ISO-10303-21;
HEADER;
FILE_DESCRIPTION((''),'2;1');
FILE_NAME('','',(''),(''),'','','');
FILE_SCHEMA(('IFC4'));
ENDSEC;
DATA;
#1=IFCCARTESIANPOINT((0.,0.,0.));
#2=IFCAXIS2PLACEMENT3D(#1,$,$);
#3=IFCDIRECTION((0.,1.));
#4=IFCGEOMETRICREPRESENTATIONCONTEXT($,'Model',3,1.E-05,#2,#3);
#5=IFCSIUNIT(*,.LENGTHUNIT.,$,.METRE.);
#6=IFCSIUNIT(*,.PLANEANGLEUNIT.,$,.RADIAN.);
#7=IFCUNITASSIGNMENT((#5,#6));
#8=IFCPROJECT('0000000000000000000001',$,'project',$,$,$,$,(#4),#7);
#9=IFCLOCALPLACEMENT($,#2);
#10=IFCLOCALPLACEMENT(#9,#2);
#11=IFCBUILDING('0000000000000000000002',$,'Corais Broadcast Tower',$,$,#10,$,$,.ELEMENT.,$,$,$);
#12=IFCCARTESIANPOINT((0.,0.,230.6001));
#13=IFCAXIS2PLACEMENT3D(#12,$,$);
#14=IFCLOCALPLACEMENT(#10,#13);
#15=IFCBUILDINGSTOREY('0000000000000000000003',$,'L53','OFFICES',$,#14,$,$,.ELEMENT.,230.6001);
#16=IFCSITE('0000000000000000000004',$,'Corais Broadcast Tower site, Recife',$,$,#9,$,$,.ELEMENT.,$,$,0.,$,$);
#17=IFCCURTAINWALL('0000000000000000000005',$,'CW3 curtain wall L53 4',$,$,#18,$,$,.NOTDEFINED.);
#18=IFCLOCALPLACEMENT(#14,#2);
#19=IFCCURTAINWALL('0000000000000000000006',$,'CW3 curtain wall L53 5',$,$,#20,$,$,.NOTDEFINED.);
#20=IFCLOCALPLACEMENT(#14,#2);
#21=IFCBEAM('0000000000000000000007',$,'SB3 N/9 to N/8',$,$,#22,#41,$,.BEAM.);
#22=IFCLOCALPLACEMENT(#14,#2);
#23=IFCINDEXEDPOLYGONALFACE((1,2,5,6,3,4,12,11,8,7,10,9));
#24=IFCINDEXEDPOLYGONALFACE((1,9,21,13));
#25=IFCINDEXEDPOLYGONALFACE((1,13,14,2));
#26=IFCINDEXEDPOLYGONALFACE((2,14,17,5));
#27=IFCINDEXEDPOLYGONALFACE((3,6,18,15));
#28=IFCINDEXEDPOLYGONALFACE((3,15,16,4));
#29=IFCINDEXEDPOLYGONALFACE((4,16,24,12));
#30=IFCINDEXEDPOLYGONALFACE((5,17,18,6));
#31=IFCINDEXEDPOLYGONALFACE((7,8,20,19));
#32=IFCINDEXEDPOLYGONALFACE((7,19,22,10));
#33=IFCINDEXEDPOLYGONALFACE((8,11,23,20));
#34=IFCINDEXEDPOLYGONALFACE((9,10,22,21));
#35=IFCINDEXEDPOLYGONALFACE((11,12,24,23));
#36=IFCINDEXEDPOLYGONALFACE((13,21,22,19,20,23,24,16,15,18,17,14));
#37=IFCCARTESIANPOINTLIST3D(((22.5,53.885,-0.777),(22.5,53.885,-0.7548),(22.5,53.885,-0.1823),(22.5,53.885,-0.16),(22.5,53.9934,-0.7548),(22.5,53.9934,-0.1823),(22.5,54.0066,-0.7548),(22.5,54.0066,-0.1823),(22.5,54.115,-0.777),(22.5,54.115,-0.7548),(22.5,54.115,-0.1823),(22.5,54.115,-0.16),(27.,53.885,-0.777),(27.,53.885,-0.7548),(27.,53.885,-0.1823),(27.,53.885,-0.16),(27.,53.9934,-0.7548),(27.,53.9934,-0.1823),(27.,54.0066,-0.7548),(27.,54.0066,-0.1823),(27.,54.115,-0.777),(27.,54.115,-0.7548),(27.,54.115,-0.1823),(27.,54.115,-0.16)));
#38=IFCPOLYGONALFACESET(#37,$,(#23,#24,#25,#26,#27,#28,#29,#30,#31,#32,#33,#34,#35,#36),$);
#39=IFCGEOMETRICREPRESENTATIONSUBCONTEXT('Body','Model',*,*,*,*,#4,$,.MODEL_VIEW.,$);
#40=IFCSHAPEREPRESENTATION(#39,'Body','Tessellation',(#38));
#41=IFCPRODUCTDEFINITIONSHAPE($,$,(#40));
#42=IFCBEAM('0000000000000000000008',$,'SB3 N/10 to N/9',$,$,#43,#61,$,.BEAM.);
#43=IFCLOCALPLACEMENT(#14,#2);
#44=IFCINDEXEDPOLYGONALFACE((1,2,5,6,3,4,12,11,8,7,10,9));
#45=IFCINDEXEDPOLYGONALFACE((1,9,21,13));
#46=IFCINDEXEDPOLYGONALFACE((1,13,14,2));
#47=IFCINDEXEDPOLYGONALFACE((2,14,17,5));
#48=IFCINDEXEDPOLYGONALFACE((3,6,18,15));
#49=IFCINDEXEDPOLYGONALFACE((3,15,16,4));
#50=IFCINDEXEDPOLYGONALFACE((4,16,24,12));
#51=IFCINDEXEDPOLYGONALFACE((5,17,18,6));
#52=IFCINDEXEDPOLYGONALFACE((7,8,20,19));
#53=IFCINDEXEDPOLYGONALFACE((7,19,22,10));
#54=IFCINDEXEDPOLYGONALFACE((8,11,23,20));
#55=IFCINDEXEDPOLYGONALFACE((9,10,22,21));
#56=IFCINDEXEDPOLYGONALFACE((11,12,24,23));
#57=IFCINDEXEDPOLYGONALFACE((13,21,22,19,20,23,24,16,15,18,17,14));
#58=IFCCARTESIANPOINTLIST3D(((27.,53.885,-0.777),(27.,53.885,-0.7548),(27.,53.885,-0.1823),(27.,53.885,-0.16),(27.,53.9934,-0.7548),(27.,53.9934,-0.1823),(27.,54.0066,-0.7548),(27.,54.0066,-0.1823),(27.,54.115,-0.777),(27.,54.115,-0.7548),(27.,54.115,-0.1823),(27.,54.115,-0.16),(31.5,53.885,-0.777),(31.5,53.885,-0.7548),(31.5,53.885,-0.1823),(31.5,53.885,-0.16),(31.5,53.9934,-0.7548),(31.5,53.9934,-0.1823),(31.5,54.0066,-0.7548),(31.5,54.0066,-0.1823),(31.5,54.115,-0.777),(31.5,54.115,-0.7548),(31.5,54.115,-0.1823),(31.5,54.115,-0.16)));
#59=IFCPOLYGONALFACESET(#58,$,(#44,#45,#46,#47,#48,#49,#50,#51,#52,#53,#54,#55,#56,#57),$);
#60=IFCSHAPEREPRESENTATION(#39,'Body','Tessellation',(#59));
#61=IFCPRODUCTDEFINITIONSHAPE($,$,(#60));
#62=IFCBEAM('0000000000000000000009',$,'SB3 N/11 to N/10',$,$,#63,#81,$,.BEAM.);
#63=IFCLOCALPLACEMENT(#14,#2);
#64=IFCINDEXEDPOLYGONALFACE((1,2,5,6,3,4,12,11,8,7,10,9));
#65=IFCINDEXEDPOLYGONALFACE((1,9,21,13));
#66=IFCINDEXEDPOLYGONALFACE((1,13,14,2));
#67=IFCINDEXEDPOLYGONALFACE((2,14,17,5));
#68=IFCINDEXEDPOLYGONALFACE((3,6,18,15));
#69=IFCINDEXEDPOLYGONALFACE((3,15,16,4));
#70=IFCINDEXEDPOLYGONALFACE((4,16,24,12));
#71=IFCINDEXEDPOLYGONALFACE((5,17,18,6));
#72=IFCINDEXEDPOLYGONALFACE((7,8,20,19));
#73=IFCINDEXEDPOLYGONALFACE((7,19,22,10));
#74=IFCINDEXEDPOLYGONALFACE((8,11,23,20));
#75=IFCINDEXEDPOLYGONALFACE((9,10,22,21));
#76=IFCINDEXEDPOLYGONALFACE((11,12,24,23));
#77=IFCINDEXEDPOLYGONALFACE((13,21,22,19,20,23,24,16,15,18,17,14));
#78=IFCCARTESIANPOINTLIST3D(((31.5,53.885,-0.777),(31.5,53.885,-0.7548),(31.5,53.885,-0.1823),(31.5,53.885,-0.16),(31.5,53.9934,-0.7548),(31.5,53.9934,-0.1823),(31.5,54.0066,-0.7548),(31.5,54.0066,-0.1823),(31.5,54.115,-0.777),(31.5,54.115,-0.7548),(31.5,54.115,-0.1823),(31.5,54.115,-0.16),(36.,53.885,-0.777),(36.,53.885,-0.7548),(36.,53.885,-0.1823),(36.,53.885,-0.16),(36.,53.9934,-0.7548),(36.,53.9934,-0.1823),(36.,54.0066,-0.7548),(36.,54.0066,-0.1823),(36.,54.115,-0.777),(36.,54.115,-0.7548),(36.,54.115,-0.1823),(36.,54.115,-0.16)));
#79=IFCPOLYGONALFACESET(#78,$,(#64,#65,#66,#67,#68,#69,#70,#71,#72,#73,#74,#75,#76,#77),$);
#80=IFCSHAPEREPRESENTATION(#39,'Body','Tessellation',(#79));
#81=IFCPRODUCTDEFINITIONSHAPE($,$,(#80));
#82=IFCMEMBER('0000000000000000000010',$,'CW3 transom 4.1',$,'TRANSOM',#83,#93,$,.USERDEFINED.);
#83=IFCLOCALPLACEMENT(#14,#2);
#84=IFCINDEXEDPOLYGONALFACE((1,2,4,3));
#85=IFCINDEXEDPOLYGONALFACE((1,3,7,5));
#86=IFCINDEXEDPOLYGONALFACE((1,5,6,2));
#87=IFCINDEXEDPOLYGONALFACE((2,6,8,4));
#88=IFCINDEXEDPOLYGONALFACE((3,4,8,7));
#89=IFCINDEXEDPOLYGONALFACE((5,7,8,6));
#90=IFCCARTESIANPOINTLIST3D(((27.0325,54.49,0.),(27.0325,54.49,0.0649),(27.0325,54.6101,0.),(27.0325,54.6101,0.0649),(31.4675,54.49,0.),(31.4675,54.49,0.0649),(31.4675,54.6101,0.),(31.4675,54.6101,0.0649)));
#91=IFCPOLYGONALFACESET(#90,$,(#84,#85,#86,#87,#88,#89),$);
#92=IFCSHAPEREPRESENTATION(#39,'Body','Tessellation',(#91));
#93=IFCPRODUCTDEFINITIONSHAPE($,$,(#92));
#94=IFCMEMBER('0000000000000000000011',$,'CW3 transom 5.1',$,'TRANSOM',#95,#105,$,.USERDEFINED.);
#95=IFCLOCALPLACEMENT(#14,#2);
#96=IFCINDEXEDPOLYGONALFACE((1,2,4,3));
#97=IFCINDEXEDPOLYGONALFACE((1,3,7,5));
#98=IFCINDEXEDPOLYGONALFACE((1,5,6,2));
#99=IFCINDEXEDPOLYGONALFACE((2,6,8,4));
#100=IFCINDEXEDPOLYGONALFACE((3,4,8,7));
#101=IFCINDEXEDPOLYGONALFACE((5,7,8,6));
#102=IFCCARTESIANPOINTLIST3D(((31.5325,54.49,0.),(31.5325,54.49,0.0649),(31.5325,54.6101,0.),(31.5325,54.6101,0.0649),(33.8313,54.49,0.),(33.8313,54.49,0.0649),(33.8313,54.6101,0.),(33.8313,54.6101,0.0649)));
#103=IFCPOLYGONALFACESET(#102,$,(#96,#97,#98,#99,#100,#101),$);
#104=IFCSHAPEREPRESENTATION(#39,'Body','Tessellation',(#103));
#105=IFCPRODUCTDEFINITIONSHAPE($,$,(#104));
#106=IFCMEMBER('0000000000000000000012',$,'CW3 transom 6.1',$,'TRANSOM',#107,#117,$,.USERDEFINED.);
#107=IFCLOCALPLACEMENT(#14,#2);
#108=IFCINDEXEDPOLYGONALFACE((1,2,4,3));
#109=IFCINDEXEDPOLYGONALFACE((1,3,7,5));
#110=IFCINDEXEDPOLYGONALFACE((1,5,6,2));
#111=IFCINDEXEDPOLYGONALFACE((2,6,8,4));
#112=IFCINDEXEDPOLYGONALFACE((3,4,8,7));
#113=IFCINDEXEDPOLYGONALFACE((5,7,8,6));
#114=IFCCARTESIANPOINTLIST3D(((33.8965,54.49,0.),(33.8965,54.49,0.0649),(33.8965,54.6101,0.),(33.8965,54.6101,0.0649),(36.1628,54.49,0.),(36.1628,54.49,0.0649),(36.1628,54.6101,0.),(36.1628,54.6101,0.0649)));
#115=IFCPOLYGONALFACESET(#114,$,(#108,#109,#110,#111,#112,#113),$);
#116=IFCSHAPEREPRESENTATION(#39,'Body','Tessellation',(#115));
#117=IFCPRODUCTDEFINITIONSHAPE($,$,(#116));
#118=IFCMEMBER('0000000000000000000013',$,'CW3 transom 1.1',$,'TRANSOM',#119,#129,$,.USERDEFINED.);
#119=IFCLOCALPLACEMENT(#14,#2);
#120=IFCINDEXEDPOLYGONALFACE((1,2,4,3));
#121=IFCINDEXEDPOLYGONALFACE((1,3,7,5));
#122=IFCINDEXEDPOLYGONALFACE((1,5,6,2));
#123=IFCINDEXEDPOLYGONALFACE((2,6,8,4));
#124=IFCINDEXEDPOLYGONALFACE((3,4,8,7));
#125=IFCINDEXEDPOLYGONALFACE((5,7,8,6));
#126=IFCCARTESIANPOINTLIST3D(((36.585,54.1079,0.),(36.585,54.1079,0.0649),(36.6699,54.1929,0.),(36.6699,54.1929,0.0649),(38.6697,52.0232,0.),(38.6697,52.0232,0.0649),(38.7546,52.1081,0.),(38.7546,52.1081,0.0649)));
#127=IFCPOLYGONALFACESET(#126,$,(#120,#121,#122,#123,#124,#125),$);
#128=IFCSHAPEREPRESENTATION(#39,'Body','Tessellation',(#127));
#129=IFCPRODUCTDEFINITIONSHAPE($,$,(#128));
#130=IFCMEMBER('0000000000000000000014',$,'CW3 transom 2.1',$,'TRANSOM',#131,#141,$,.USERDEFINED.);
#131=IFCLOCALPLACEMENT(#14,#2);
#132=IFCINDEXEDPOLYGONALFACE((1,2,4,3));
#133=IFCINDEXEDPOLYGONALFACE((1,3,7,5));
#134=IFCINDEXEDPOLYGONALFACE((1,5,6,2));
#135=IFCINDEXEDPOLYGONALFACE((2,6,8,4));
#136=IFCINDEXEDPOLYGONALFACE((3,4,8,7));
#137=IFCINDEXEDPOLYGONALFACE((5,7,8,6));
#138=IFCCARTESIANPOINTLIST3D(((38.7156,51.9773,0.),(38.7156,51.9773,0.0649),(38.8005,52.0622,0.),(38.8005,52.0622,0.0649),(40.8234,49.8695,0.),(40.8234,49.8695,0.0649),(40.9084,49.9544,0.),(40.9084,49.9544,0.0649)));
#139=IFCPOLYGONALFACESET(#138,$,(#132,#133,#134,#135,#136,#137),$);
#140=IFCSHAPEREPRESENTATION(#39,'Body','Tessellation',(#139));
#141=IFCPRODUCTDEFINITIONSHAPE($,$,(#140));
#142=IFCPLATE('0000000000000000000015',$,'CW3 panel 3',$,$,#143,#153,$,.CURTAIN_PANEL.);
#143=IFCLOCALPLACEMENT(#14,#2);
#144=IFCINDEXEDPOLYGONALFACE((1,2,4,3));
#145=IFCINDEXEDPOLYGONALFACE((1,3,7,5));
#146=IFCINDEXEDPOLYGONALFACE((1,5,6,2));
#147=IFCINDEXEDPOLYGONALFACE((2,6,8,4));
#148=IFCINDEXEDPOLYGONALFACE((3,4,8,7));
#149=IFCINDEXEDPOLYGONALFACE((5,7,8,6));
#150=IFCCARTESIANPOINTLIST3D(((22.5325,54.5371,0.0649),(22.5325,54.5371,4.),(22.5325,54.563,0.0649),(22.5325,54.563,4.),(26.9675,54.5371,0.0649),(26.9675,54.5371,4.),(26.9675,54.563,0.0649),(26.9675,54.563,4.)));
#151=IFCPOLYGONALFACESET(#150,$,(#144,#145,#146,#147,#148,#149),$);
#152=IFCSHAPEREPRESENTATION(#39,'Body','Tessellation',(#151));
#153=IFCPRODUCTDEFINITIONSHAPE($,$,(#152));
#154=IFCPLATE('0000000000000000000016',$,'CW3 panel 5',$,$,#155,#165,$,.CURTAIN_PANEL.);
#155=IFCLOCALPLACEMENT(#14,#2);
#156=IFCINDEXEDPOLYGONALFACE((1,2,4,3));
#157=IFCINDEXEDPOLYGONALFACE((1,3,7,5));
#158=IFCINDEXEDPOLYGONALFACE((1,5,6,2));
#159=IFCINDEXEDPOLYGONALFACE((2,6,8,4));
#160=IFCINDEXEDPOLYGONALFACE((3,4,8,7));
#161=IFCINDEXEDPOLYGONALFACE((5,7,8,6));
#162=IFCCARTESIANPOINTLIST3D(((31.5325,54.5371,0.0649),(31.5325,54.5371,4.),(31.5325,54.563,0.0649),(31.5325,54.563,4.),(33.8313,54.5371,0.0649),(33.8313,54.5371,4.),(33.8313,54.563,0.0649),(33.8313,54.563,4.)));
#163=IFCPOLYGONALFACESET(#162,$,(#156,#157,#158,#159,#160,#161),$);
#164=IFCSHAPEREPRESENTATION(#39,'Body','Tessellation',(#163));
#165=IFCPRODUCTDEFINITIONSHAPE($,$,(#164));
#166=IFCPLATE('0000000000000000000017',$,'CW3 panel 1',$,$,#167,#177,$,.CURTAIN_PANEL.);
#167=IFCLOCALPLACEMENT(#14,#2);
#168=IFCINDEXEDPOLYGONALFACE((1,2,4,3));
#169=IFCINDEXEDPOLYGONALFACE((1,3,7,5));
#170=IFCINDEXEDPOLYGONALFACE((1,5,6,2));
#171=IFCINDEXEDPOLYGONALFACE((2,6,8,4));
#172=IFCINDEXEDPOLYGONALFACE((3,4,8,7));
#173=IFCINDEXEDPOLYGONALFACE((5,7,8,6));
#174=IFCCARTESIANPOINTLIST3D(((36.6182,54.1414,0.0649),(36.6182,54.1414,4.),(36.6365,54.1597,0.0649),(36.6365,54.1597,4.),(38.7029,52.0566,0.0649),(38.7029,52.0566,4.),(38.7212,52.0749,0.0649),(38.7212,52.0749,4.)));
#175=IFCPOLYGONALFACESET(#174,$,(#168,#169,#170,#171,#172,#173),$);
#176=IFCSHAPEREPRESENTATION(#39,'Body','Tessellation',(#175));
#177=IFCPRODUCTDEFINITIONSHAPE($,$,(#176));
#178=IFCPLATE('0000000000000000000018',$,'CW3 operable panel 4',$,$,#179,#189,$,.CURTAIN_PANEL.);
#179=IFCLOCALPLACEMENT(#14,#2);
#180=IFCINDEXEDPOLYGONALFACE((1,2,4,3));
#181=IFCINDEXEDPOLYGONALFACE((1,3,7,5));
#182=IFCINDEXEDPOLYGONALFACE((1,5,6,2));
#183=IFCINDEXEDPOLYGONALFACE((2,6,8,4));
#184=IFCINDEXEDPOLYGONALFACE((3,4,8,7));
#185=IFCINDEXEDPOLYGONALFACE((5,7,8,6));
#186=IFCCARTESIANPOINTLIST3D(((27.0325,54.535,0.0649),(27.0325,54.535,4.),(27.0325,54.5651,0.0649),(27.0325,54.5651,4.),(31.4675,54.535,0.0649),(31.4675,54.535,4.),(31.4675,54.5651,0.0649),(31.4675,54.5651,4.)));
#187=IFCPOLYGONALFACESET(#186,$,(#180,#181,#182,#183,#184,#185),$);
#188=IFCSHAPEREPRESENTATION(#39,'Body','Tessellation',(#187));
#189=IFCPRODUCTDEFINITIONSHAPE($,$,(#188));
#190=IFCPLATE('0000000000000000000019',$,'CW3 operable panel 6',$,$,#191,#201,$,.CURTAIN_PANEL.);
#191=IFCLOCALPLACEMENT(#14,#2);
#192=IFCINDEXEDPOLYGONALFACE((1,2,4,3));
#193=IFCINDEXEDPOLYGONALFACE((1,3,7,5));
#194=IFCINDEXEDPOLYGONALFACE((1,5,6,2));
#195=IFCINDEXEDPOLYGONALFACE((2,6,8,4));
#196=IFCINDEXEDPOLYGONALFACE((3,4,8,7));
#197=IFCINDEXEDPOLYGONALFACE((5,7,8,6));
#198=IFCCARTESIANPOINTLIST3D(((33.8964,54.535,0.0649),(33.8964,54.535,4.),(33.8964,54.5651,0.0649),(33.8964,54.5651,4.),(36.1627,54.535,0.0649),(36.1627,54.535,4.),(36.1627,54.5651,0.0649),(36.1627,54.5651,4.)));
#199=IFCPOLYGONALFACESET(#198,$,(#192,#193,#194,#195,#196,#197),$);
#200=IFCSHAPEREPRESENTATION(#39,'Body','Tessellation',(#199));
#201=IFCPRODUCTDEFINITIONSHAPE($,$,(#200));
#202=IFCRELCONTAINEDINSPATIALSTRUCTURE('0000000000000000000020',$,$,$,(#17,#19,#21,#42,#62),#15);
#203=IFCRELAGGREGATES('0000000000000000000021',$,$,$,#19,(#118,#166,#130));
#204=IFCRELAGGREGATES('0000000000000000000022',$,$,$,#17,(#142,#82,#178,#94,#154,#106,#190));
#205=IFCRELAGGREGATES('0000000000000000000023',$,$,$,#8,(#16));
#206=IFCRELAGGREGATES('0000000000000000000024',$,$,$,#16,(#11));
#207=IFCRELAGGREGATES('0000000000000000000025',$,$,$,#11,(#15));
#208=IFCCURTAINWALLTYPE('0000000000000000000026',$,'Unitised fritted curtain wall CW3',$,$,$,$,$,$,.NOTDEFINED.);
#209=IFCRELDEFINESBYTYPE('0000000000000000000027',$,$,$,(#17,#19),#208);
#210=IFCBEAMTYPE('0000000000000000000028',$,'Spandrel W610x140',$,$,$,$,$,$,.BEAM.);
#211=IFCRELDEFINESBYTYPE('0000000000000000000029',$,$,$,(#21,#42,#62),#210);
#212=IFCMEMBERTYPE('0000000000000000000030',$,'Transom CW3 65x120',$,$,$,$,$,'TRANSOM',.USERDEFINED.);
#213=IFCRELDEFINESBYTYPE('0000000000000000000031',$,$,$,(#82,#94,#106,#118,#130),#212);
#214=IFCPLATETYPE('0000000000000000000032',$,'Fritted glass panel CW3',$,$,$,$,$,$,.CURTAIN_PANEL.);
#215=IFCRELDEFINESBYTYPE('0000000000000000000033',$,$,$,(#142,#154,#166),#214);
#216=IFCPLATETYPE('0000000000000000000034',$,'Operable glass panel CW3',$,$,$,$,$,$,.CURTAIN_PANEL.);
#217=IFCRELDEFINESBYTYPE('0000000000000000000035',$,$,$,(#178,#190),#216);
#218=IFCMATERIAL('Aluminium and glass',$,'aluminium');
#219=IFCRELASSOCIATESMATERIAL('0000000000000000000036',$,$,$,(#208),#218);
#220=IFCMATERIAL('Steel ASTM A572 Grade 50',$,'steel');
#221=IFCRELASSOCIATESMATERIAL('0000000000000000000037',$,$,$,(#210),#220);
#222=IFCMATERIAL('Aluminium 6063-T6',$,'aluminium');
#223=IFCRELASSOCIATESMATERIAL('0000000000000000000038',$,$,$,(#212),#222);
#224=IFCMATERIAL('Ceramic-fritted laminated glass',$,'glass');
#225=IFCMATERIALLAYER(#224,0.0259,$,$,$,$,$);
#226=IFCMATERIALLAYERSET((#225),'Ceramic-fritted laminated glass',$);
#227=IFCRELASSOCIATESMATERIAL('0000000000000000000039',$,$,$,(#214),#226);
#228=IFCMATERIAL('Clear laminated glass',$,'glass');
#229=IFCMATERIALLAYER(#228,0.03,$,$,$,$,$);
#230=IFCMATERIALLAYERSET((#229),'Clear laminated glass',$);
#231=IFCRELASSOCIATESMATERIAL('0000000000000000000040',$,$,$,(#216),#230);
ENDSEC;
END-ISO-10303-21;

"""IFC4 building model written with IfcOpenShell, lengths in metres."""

from ifc_helpers import new_model, si_unit, direction, frame, origin, origin_2d, place, context, subcontext, project, spatial, rectangle, i_section, extrude, material, layer, layer_set, material_profile, profile_set, type_object, element, aggregate, save


model = new_model("IFC4")

# Units and contexts
model_context = context("Model", 3, precision=1e-05, world=origin(), true_north=direction((0.0, 1.0)))
body_context = subcontext(model_context, "Body", "Model", "MODEL_VIEW")
ifc_project = project(units=[si_unit("LENGTHUNIT", "METRE"), si_unit("PLANEANGLEUNIT", "RADIAN")], contexts=[model_context])

# Site, building, storey
site_placement = place(None, origin())
site = spatial("IfcSite", under=ifc_project, at=site_placement, Name="Corais Broadcast Tower site, Recife", CompositionType="ELEMENT", RefElevation=0.0)
building_placement = place(site_placement, origin())
building = spatial("IfcBuilding", under=site, at=building_placement, Name="Corais Broadcast Tower", CompositionType="ELEMENT")
storey_placement = place(building_placement, frame((0.0, 0.0, 230.6001)))
storey = spatial("IfcBuildingStorey", under=building, at=storey_placement, Name="L53", Description="OFFICES", CompositionType="ELEMENT", Elevation=230.6001)

# Curtain walls
ifc_material_1 = material(Name="Aluminium and glass", Category="aluminium")
curtain_wall_type = type_object("IfcCurtainWallType", Name="Unitised fritted curtain wall CW3", PredefinedType="NOTDEFINED", material=ifc_material_1)
curtain_wall_1_placement = place(storey_placement, origin())
curtain_wall_1 = element("IfcCurtainWall", 1, at=curtain_wall_1_placement, inside=storey, type_object=curtain_wall_type, Name="CW3 curtain wall L53 4", PredefinedType="NOTDEFINED")
curtain_wall_2_placement = place(storey_placement, origin())
curtain_wall_2 = element("IfcCurtainWall", 2, at=curtain_wall_2_placement, inside=storey, type_object=curtain_wall_type, Name="CW3 curtain wall L53 5", PredefinedType="NOTDEFINED")

# Beams
ifc_material_2 = material(Name="Steel ASTM A572 Grade 50", Category="steel")
ifc_material_profile_1 = material_profile(ifc_material_2, i_section(OverallWidth=0.23, OverallDepth=0.6169, WebThickness=0.0132, FlangeThickness=0.0222, at=origin_2d()), Name="W610x140")
ifc_profile_set_1 = profile_set([ifc_material_profile_1], Name="Steel ASTM A572 Grade 50")
beam_type_1 = type_object("IfcBeamType", Name="Spandrel W610x140", PredefinedType="BEAM", material=ifc_profile_set_1)
for number, where, z_axis, x_axis, name in (
    (3, (27.0, 54.0, -0.4685), (-1.0, 0.0, 0.0), (0.0, -1.0, 0.0), "SB3 N/9 to N/8"),
    (4, (31.5, 54.0, -0.4685), (-1.0, 0.0, 0.0), (0.0, -1.0, 0.0), "SB3 N/10 to N/9"),
    (5, (36.0, 54.0, -0.4685), (-1.0, 0.0, 0.0), (0.0, -1.0, 0.0), "SB3 N/11 to N/10"),
):
    element("IfcBeam", number, at=place(storey_placement, frame(where, z_axis=z_axis, x_axis=x_axis)), inside=storey, type_object=beam_type_1, Name=name, PredefinedType="BEAM", context=body_context, shape_type="SweptSolid", body=[
        extrude(i_section(OverallWidth=0.23, OverallDepth=0.6169, WebThickness=0.0132, FlangeThickness=0.0222, at=origin_2d()), origin(), (0.0, 0.0, 1.0), 4.5),
    ])

# Members
ifc_material_3 = material(Name="Aluminium 6063-T6", Category="aluminium")
ifc_material_profile_2 = material_profile(ifc_material_3, rectangle(XDim=0.1201, YDim=0.0649, at=origin_2d()), Name="Transom CW3 65x120")
ifc_profile_set_2 = profile_set([ifc_material_profile_2], Name="Aluminium 6063-T6")
member_type_1 = type_object("IfcMemberType", Name="Transom CW3 65x120", ElementType="TRANSOM", PredefinedType="USERDEFINED", material=ifc_profile_set_2)
member_1_placement = place(storey_placement, frame((27.0325, 54.55, 0.0325), z_axis=(1.0, 0.0, 0.0), x_axis=(0.0, 1.0, 0.0)))
member_1 = element("IfcMember", 6, at=member_1_placement, type_object=member_type_1, Name="CW3 transom 4.1", ObjectType="TRANSOM", PredefinedType="USERDEFINED", context=body_context, shape_type="SweptSolid", body=[
    extrude(rectangle(XDim=0.1201, YDim=0.0649, at=origin_2d()), origin(), (0.0, 0.0, 1.0), 4.4351),
])
member_2_placement = place(storey_placement, frame((31.5325, 54.55, 0.0325), z_axis=(1.0, 0.0, 0.0), x_axis=(0.0, 1.0, 0.0)))
member_2 = element("IfcMember", 7, at=member_2_placement, type_object=member_type_1, Name="CW3 transom 5.1", ObjectType="TRANSOM", PredefinedType="USERDEFINED", context=body_context, shape_type="SweptSolid", body=[
    extrude(rectangle(XDim=0.1201, YDim=0.0649, at=origin_2d()), origin(), (0.0, 0.0, 1.0), 2.2988),
])
member_3_placement = place(storey_placement, frame((33.8965, 54.55, 0.0325), z_axis=(1.0, 0.0, 0.0), x_axis=(0.0, 1.0, 0.0)))
member_3 = element("IfcMember", 8, at=member_3_placement, type_object=member_type_1, Name="CW3 transom 6.1", ObjectType="TRANSOM", PredefinedType="USERDEFINED", context=body_context, shape_type="SweptSolid", body=[
    extrude(rectangle(XDim=0.1201, YDim=0.0649, at=origin_2d()), origin(), (0.0, 0.0, 1.0), 2.2664),
])
member_4_placement = place(storey_placement, frame((36.6274, 54.1504, 0.0325), z_axis=(0.707107, -0.707107, 0.0), x_axis=(0.707107, 0.707107, 0.0)))
member_4 = element("IfcMember", 9, at=member_4_placement, type_object=member_type_1, Name="CW3 transom 1.1", ObjectType="TRANSOM", PredefinedType="USERDEFINED", context=body_context, shape_type="SweptSolid", body=[
    extrude(rectangle(XDim=0.1201, YDim=0.0649, at=origin_2d()), origin(), (0.0, 0.0, 1.0), 2.9482),
])
member_5_placement = place(storey_placement, frame((38.7581, 52.0198, 0.0325), z_axis=(0.707107, -0.707107, 0.0), x_axis=(0.707107, 0.707107, 0.0)))
member_5 = element("IfcMember", 10, at=member_5_placement, type_object=member_type_1, Name="CW3 transom 2.1", ObjectType="TRANSOM", PredefinedType="USERDEFINED", context=body_context, shape_type="SweptSolid", body=[
    extrude(rectangle(XDim=0.1201, YDim=0.0649, at=origin_2d()), origin(), (0.0, 0.0, 1.0), 2.981),
])

# Plates
ifc_material_4 = material(Name="Ceramic-fritted laminated glass", Category="glass")
ifc_layer_1 = layer(ifc_material_4, 0.0259)
ifc_layer_set_1 = layer_set([ifc_layer_1], Name="Ceramic-fritted laminated glass")
plate_type_1 = type_object("IfcPlateType", Name="Fritted glass panel CW3", PredefinedType="CURTAIN_PANEL", material=ifc_layer_set_1)
plate_1_placement = place(storey_placement, frame((24.75, 54.55, 0.0649), z_axis=(0.0, 0.0, 1.0), x_axis=(1.0, 0.0, 0.0)))
plate_1 = element("IfcPlate", 11, at=plate_1_placement, type_object=plate_type_1, Name="CW3 panel 3", PredefinedType="CURTAIN_PANEL", context=body_context, shape_type="SweptSolid", body=[
    extrude(rectangle(XDim=4.4351, YDim=0.0259, at=origin_2d()), origin(), (0.0, 0.0, 1.0), 3.9351),
])
plate_2_placement = place(storey_placement, frame((32.6819, 54.55, 0.0649), z_axis=(0.0, 0.0, 1.0), x_axis=(1.0, 0.0, 0.0)))
plate_2 = element("IfcPlate", 12, at=plate_2_placement, type_object=plate_type_1, Name="CW3 panel 5", PredefinedType="CURTAIN_PANEL", context=body_context, shape_type="SweptSolid", body=[
    extrude(rectangle(XDim=2.2988, YDim=0.0259, at=origin_2d()), origin(), (0.0, 0.0, 1.0), 3.9351),
])
plate_3_placement = place(storey_placement, frame((37.6697, 53.1082, 0.0649), z_axis=(0.0, 0.0, 1.0), x_axis=(0.707107, -0.707107, 0.0)))
plate_3 = element("IfcPlate", 13, at=plate_3_placement, type_object=plate_type_1, Name="CW3 panel 1", PredefinedType="CURTAIN_PANEL", context=body_context, shape_type="SweptSolid", body=[
    extrude(rectangle(XDim=2.9482, YDim=0.0259, at=origin_2d()), origin(), (0.0, 0.0, 1.0), 3.9351),
])
aggregate(curtain_wall_2, [member_4, plate_3, member_5])
ifc_material_5 = material(Name="Clear laminated glass", Category="glass")
ifc_layer_2 = layer(ifc_material_5, 0.03)
ifc_layer_set_2 = layer_set([ifc_layer_2], Name="Clear laminated glass")
plate_type_2 = type_object("IfcPlateType", Name="Operable glass panel CW3", PredefinedType="CURTAIN_PANEL", material=ifc_layer_set_2)
plate_4_placement = place(storey_placement, frame((29.25, 54.55, 0.0649), z_axis=(0.0, 0.0, 1.0), x_axis=(1.0, 0.0, 0.0)))
plate_4 = element("IfcPlate", 14, at=plate_4_placement, type_object=plate_type_2, Name="CW3 operable panel 4", PredefinedType="CURTAIN_PANEL", context=body_context, shape_type="SweptSolid", body=[
    extrude(rectangle(XDim=4.4351, YDim=0.03, at=origin_2d()), origin(), (0.0, 0.0, 1.0), 3.9351),
])
plate_5_placement = place(storey_placement, frame((35.0295, 54.55, 0.0649), z_axis=(0.0, 0.0, 1.0), x_axis=(1.0, 0.0, 0.0)))
plate_5 = element("IfcPlate", 15, at=plate_5_placement, type_object=plate_type_2, Name="CW3 operable panel 6", PredefinedType="CURTAIN_PANEL", context=body_context, shape_type="SweptSolid", body=[
    extrude(rectangle(XDim=2.2664, YDim=0.03, at=origin_2d()), origin(), (0.0, 0.0, 1.0), 3.9351),
])
aggregate(curtain_wall_1, [plate_1, member_1, plate_4, member_2, plate_2, member_3, plate_5])

save(model, "model.ifc")
